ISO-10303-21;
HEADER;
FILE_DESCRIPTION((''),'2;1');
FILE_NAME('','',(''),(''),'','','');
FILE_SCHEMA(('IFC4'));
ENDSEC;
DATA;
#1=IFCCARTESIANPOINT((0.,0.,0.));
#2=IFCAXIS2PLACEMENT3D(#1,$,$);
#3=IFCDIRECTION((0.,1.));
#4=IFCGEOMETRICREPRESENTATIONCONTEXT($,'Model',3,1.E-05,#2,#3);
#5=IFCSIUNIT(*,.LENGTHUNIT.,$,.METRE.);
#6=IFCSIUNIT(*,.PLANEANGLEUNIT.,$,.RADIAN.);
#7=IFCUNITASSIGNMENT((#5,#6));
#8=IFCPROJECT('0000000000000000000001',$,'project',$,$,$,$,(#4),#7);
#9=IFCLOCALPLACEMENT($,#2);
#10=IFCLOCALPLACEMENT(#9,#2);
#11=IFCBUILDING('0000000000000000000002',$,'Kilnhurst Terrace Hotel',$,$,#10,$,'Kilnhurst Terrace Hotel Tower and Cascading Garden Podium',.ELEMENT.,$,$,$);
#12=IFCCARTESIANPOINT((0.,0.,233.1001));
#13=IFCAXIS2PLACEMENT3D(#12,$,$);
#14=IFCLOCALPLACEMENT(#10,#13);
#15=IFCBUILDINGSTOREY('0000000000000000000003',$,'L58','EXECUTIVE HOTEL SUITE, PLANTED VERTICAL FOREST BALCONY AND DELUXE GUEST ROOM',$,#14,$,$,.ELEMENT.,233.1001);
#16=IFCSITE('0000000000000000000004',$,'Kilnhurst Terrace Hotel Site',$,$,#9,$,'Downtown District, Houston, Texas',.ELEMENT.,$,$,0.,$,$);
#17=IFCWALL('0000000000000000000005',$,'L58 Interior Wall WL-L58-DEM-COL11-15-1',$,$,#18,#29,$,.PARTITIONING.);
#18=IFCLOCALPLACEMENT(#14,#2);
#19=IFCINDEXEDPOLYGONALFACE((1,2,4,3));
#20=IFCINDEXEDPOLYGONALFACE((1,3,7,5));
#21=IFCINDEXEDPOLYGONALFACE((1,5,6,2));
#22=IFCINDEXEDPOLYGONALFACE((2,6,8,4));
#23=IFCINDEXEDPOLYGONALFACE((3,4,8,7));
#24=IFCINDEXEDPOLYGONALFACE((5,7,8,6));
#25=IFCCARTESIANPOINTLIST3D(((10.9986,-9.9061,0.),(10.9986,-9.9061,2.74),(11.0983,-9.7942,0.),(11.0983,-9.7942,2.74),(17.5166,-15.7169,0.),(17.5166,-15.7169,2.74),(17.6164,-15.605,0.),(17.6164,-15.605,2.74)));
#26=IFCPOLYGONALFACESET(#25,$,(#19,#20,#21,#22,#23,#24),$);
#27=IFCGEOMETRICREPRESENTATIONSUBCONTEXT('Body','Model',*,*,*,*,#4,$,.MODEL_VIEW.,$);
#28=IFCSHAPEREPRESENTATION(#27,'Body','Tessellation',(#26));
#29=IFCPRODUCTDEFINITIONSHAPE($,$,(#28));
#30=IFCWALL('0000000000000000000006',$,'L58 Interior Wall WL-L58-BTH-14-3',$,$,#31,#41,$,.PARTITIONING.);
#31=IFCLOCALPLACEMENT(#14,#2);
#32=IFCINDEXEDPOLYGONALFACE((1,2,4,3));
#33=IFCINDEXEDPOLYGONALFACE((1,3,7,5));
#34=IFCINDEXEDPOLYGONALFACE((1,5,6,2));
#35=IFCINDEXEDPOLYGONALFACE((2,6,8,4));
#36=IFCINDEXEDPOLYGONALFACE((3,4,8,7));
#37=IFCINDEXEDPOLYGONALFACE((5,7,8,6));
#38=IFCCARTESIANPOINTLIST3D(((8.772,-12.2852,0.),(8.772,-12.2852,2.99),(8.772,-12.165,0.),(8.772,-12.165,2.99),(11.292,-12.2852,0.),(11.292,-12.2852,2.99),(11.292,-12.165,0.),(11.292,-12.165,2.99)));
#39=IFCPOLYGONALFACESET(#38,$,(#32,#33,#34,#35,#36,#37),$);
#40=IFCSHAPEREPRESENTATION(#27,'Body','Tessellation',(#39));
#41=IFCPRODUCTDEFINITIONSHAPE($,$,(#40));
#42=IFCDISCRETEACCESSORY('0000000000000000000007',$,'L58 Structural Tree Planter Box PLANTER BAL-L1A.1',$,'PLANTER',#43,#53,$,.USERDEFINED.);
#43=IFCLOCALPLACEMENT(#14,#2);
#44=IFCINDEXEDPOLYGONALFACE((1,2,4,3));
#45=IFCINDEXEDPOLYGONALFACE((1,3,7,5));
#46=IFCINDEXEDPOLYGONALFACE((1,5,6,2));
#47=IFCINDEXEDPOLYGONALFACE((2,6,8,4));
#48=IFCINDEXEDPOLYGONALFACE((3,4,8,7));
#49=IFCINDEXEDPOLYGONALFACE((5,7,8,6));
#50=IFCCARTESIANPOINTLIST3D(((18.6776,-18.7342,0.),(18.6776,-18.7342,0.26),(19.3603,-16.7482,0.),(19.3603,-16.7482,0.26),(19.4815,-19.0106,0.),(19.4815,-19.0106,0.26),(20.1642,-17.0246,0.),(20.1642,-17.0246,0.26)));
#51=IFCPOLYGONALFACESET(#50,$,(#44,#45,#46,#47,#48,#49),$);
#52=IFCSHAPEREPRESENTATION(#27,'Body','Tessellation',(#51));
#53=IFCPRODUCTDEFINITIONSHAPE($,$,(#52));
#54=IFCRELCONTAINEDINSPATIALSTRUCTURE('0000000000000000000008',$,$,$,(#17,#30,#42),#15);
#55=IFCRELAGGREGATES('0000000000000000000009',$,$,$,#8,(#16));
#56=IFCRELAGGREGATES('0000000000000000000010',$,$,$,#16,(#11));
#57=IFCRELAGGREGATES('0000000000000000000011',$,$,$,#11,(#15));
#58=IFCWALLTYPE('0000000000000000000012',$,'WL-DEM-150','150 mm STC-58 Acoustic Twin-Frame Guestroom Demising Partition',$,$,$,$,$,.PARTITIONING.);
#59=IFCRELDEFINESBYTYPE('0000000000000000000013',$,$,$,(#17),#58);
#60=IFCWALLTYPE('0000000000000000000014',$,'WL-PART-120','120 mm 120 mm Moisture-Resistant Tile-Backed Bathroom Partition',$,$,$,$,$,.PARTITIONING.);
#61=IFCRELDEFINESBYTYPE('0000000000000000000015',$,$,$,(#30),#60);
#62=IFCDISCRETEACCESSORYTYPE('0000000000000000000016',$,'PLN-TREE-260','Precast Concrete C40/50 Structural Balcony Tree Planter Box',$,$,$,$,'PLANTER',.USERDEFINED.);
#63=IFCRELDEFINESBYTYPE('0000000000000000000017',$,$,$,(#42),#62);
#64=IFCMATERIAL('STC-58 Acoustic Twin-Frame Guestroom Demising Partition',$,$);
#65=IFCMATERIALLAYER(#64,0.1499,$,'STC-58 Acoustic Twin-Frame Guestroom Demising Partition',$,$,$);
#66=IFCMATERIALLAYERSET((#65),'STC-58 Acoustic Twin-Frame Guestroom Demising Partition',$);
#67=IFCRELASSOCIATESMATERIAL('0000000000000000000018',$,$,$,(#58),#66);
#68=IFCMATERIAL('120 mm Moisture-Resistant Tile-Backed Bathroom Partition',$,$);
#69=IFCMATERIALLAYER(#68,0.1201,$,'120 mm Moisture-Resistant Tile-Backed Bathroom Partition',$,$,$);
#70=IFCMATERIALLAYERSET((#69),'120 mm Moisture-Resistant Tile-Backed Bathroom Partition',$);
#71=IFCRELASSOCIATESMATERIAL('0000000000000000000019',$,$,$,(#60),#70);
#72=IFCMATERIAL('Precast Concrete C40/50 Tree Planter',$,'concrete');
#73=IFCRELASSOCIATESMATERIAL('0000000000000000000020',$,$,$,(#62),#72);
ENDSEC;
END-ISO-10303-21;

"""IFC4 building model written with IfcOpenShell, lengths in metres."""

from ifc_helpers import new_model, si_unit, direction, frame, frame_2d, origin, origin_2d, place, context, subcontext, project, spatial, rectangle, extrude, material, layer, layer_set, type_object, element, save


model = new_model("IFC4")

# Units and contexts
model_context = context("Model", 3, precision=1e-05, world=origin(), true_north=direction((0.0, 1.0)))
body_context = subcontext(model_context, "Body", "Model", "MODEL_VIEW")
ifc_project = project(units=[si_unit("LENGTHUNIT", "METRE"), si_unit("PLANEANGLEUNIT", "RADIAN")], contexts=[model_context])

# Site, building, storey
site_placement = place(None, origin())
site = spatial("IfcSite", under=ifc_project, at=site_placement, Name="Kilnhurst Terrace Hotel Site", LongName="Downtown District, Houston, Texas", CompositionType="ELEMENT", RefElevation=0.0)
building_placement = place(site_placement, origin())
building = spatial("IfcBuilding", under=site, at=building_placement, Name="Kilnhurst Terrace Hotel", LongName="Kilnhurst Terrace Hotel Tower and Cascading Garden Podium", CompositionType="ELEMENT")
storey_placement = place(building_placement, frame((0.0, 0.0, 233.1001)))
storey = spatial("IfcBuildingStorey", under=building, at=storey_placement, Name="L58", Description="EXECUTIVE HOTEL SUITE, PLANTED VERTICAL FOREST BALCONY AND DELUXE GUEST ROOM", CompositionType="ELEMENT", Elevation=233.1001)

# Walls
ifc_material_1 = material(Name="STC-58 Acoustic Twin-Frame Guestroom Demising Partition")
ifc_layer_1 = layer(ifc_material_1, 0.1499, Name="STC-58 Acoustic Twin-Frame Guestroom Demising Partition")
ifc_layer_set_1 = layer_set([ifc_layer_1], Name="STC-58 Acoustic Twin-Frame Guestroom Demising Partition")
wall_type_1 = type_object("IfcWallType", Name="WL-DEM-150", Description="150 mm STC-58 Acoustic Twin-Frame Guestroom Demising Partition", PredefinedType="PARTITIONING", material=ifc_layer_set_1)
wall_1_placement = place(storey_placement, frame((11.0483, -9.8501, 0.0), z_axis=(0.0, 0.0, 1.0), x_axis=(0.746444, -0.665448, 0.0)))
element("IfcWall", 1, at=wall_1_placement, inside=storey, type_object=wall_type_1, Name="L58 Interior Wall WL-L58-DEM-COL11-15-1", PredefinedType="PARTITIONING", context=body_context, shape_type="SweptSolid", body=[
    extrude(rectangle(XDim=8.7322, YDim=0.1499, at=frame_2d((4.3662, 0.0))), origin(), (0.0, 0.0, 1.0), 2.74),
])
ifc_material_2 = material(Name="120 mm Moisture-Resistant Tile-Backed Bathroom Partition")
ifc_layer_2 = layer(ifc_material_2, 0.1201, Name="120 mm Moisture-Resistant Tile-Backed Bathroom Partition")
ifc_layer_set_2 = layer_set([ifc_layer_2], Name="120 mm Moisture-Resistant Tile-Backed Bathroom Partition")
wall_type_2 = type_object("IfcWallType", Name="WL-PART-120", Description="120 mm 120 mm Moisture-Resistant Tile-Backed Bathroom Partition", PredefinedType="PARTITIONING", material=ifc_layer_set_2)
wall_2_placement = place(storey_placement, frame((11.292, -12.2251, 0.0), z_axis=(0.0, 0.0, 1.0), x_axis=(-1.0, 0.0, 0.0)))
element("IfcWall", 2, at=wall_2_placement, inside=storey, type_object=wall_type_2, Name="L58 Interior Wall WL-L58-BTH-14-3", PredefinedType="PARTITIONING", context=body_context, shape_type="SweptSolid", body=[
    extrude(rectangle(XDim=2.52, YDim=0.1201, at=frame_2d((1.26, 0.0))), origin(), (0.0, 0.0, 1.0), 2.99),
])

# Discrete accessory
ifc_material_3 = material(Name="Precast Concrete C40/50 Tree Planter", Category="concrete")
discrete_accessory_type = type_object("IfcDiscreteAccessoryType", Name="PLN-TREE-260", Description="Precast Concrete C40/50 Structural Balcony Tree Planter Box", ElementType="PLANTER", PredefinedType="USERDEFINED", material=ifc_material_3)
discrete_accessory_placement = place(storey_placement, frame((19.4209, -17.8794, 0.0), z_axis=(0.0, 0.0, 1.0), x_axis=(0.32509, 0.945683, 0.0)))
element("IfcDiscreteAccessory", 3, at=discrete_accessory_placement, inside=storey, type_object=discrete_accessory_type, Name="L58 Structural Tree Planter Box PLANTER BAL-L1A.1", ObjectType="PLANTER", PredefinedType="USERDEFINED", context=body_context, shape_type="SweptSolid", body=[
    extrude(rectangle(XDim=2.1001, YDim=0.8501, at=origin_2d()), origin(), (0.0, 0.0, 1.0), 0.26),
])

save(model, "model.ifc")
